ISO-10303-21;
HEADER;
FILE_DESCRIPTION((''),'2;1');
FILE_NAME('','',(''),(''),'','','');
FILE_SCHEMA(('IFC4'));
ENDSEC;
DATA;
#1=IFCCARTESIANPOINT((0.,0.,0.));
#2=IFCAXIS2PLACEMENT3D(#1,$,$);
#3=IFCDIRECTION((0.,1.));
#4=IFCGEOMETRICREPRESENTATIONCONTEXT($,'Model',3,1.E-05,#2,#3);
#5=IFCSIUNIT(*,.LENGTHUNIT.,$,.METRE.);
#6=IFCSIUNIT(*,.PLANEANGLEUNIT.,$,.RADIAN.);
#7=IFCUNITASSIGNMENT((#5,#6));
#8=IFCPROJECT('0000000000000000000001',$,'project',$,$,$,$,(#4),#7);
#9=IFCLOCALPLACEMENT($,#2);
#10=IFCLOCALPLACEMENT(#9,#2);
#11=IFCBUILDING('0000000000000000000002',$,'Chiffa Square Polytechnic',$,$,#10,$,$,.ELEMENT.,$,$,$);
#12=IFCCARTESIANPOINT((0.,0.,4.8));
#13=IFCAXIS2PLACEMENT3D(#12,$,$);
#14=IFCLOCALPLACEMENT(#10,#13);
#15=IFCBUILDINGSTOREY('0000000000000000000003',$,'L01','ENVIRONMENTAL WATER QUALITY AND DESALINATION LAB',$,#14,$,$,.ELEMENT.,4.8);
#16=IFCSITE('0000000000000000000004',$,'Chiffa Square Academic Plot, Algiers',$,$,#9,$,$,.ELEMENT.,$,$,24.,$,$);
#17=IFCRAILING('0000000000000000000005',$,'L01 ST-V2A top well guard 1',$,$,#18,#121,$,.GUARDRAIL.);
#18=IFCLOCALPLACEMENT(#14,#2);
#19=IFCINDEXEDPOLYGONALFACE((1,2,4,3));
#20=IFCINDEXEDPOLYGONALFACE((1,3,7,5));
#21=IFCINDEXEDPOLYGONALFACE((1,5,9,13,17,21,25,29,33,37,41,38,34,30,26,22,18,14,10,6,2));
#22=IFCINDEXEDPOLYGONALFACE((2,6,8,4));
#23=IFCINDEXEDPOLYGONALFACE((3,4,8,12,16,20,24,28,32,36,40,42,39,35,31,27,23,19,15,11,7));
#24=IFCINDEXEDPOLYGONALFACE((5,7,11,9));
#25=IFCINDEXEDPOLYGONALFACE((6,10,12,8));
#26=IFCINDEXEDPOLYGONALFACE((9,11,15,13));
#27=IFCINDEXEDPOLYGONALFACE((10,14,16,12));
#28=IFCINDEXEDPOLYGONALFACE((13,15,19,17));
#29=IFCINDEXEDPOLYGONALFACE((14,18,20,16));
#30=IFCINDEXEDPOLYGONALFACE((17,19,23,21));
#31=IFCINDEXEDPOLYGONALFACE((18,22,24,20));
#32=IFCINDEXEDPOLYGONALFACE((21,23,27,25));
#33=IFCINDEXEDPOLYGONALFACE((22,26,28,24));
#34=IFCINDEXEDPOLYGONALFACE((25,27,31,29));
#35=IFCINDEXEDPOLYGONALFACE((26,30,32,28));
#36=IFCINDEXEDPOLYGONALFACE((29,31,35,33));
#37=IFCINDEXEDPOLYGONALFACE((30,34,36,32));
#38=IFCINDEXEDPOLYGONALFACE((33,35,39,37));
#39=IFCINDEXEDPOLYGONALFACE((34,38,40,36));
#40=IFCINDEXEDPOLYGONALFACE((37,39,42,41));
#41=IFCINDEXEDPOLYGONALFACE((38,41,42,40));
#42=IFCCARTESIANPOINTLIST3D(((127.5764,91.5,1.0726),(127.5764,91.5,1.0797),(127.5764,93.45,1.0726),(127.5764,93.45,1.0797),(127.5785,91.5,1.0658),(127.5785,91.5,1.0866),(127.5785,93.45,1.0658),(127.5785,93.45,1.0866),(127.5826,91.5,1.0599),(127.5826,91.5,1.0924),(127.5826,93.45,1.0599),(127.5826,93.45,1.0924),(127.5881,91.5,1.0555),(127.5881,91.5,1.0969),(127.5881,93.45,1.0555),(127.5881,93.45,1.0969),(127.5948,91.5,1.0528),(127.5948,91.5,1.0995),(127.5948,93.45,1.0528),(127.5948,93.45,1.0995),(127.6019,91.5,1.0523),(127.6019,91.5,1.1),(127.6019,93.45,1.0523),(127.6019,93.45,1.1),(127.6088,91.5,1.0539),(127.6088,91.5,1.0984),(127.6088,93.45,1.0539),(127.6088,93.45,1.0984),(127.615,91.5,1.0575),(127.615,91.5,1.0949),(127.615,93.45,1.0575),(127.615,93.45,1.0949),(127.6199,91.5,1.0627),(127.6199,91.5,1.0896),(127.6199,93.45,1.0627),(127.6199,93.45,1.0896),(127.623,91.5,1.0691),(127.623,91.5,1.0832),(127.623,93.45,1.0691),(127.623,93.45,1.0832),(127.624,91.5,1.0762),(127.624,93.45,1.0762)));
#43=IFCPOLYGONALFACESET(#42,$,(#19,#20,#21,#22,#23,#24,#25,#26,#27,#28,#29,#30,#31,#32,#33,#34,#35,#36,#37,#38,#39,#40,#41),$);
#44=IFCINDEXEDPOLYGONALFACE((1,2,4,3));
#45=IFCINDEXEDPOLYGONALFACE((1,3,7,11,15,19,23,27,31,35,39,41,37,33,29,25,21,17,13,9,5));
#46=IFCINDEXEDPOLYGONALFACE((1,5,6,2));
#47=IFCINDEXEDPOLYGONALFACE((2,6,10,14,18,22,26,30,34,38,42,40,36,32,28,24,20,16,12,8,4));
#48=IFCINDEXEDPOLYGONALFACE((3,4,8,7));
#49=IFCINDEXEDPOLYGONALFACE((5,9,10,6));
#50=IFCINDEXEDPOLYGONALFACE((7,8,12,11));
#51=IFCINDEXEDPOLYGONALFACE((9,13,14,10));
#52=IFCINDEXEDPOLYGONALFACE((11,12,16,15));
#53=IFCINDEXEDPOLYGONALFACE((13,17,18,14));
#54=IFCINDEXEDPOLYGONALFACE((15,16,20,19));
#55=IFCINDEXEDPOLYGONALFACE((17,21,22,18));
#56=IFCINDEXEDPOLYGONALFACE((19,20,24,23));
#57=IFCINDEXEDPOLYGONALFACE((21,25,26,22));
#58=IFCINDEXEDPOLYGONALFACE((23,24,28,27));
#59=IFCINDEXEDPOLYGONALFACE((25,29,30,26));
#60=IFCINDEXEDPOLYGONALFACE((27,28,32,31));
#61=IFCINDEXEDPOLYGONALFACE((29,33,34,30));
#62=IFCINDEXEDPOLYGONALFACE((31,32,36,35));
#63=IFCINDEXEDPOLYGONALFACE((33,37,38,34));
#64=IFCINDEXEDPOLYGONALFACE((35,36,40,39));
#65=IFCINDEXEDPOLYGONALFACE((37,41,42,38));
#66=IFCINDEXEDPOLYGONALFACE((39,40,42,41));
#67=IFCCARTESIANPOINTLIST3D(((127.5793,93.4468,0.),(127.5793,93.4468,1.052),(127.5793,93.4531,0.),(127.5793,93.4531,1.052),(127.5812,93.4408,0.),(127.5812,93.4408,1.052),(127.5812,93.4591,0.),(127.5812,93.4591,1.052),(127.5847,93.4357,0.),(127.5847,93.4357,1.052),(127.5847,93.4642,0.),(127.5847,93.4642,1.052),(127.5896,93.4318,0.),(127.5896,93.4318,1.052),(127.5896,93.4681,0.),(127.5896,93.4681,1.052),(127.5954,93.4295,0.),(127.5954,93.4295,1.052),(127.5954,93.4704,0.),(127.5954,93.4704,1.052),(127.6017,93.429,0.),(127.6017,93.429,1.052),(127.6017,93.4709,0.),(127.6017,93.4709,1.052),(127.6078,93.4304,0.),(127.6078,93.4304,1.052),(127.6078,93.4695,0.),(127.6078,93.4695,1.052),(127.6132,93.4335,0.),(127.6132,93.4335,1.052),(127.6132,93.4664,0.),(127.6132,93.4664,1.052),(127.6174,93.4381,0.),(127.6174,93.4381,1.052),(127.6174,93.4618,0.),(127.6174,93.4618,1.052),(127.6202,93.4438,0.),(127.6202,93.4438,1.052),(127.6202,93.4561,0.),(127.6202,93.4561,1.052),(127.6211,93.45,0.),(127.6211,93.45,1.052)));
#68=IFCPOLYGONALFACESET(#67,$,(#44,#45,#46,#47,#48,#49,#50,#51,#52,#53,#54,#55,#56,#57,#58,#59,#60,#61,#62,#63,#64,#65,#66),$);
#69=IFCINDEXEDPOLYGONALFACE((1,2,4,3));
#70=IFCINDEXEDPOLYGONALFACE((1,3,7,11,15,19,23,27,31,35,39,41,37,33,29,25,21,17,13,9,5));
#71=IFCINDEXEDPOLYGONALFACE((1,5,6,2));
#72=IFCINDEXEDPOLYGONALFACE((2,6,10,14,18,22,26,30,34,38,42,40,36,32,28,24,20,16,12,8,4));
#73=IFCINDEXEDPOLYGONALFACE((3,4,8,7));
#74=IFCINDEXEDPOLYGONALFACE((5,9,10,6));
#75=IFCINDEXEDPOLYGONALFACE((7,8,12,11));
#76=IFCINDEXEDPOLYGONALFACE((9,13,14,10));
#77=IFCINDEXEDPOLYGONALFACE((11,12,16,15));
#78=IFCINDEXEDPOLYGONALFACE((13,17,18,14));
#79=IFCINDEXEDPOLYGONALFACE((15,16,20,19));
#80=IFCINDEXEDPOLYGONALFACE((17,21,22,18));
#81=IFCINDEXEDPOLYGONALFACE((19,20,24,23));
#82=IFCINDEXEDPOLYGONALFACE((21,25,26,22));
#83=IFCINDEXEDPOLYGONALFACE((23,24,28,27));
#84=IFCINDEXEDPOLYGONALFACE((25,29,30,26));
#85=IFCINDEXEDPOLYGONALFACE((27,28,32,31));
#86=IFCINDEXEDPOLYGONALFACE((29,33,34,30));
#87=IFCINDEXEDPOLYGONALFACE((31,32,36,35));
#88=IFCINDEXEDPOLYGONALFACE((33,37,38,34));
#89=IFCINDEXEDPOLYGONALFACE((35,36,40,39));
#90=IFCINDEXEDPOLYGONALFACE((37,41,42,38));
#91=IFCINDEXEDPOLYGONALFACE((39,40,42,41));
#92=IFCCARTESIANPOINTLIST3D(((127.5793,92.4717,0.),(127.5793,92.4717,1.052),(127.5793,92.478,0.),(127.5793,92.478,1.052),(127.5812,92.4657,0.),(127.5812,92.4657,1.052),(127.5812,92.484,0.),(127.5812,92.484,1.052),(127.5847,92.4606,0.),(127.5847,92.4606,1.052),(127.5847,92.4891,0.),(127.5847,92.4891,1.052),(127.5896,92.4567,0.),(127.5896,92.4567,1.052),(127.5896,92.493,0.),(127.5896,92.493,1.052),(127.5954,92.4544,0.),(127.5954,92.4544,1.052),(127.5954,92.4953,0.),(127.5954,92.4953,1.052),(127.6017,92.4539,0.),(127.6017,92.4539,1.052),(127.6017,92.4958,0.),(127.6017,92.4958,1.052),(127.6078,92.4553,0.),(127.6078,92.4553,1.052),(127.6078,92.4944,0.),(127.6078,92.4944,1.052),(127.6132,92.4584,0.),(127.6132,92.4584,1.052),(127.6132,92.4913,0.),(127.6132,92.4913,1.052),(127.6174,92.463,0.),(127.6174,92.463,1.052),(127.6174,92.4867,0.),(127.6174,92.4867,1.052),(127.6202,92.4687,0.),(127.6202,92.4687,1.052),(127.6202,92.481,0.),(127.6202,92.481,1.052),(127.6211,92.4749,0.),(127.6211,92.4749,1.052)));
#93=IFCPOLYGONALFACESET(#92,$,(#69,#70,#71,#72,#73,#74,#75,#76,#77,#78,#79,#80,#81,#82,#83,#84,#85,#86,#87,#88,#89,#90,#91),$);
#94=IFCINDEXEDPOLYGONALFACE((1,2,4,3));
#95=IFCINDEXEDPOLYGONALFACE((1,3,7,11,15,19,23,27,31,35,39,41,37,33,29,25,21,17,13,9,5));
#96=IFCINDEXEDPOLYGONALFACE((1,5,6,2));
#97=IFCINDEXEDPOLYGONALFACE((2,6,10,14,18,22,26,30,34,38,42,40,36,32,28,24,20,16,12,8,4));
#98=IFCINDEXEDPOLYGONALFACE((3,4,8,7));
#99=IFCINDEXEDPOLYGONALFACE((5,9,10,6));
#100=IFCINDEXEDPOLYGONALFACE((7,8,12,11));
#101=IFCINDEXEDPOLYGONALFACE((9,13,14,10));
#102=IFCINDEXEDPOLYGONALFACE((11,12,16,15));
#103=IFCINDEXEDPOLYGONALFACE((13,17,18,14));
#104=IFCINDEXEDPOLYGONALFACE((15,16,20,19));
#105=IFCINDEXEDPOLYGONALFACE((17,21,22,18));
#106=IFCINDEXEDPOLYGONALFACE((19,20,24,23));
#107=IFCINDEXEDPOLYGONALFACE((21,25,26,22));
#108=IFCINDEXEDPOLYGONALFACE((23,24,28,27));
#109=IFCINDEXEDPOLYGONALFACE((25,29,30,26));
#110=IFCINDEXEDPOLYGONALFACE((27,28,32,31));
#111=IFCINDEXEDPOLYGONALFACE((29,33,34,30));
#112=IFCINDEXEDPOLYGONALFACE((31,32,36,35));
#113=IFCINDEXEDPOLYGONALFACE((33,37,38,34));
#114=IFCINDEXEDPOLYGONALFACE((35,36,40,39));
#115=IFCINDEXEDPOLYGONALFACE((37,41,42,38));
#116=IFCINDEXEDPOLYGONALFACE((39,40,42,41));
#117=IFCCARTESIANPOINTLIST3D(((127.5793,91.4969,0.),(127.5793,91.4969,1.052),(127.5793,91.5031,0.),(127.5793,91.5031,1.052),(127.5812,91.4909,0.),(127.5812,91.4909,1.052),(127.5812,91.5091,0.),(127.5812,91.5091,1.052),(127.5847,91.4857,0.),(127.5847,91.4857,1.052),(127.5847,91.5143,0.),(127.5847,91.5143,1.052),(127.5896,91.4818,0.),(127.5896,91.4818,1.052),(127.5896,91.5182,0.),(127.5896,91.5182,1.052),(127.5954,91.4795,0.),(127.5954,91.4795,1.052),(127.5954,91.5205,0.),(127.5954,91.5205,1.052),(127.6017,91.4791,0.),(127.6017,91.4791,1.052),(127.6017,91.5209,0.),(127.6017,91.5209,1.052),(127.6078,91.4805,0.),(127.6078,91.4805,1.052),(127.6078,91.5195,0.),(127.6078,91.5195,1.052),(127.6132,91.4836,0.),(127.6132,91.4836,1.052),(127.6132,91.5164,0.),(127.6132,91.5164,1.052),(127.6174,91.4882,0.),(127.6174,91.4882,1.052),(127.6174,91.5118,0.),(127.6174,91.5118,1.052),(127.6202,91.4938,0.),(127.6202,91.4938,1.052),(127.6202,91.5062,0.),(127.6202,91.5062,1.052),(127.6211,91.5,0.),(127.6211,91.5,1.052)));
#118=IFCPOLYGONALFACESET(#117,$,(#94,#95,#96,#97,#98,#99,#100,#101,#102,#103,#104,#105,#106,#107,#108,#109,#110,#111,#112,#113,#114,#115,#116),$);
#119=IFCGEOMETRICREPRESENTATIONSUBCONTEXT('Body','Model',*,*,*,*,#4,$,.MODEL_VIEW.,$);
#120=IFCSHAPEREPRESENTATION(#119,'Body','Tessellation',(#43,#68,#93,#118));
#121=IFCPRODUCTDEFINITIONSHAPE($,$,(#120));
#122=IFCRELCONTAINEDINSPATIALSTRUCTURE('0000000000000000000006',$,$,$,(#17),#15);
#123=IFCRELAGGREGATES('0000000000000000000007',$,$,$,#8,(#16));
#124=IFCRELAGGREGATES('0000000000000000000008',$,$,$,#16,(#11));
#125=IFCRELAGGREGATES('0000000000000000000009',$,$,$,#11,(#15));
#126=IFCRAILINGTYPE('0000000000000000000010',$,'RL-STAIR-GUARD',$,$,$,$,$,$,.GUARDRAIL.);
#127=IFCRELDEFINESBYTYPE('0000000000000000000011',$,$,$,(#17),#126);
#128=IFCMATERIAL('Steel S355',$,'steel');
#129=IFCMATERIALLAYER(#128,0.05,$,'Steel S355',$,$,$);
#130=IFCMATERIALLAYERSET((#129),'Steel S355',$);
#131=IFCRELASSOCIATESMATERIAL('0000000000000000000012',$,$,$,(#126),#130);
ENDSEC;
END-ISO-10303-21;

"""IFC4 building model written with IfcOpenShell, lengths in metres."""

from ifc_helpers import new_model, si_unit, direction, frame, origin, origin_2d, place, context, subcontext, project, spatial, circle, extrude, material, layer, layer_set, type_object, element, save


model = new_model("IFC4")

# Units and contexts
model_context = context("Model", 3, precision=1e-05, world=origin(), true_north=direction((0.0, 1.0)))
body_context = subcontext(model_context, "Body", "Model", "MODEL_VIEW")
ifc_project = project(units=[si_unit("LENGTHUNIT", "METRE"), si_unit("PLANEANGLEUNIT", "RADIAN")], contexts=[model_context])

# Site, building, storey
site_placement = place(None, origin())
site = spatial("IfcSite", under=ifc_project, at=site_placement, Name="Chiffa Square Academic Plot, Algiers", CompositionType="ELEMENT", RefElevation=24.0)
building_placement = place(site_placement, origin())
building = spatial("IfcBuilding", under=site, at=building_placement, Name="Chiffa Square Polytechnic", CompositionType="ELEMENT")
storey_placement = place(building_placement, frame((0.0, 0.0, 4.8)))
storey = spatial("IfcBuildingStorey", under=building, at=storey_placement, Name="L01", Description="ENVIRONMENTAL WATER QUALITY AND DESALINATION LAB", CompositionType="ELEMENT", Elevation=4.8)

# Shared definitions
ifc_material_1 = material(Name="Steel S355", Category="steel")

# Railing
ifc_layer_1 = layer(ifc_material_1, 0.05, Name="Steel S355")
ifc_layer_set_1 = layer_set([ifc_layer_1], Name="Steel S355")
railing_type = type_object("IfcRailingType", Name="RL-STAIR-GUARD", PredefinedType="GUARDRAIL", material=ifc_layer_set_1)
railing_1_placement = place(storey_placement, frame((127.6001, 93.45, 0.0)))
element("IfcRailing", 1, at=railing_1_placement, inside=storey, type_object=railing_type, Name="L01 ST-V2A top well guard 1", PredefinedType="GUARDRAIL", context=body_context, shape_type="SweptSolid", body=[
    extrude(circle(Radius=0.0239, at=origin_2d()), frame((0.0, 0.0, 1.0762), z_axis=(0.0, -1.0, 0.0), x_axis=(1.0, 0.0, 0.0)), (0.0, 0.0, 1.0), 1.95),
    extrude(circle(Radius=0.021, at=origin_2d()), origin(), (0.0, 0.0, 1.0), 1.052),
    extrude(circle(Radius=0.021, at=origin_2d()), frame((0.0, -0.9751, 0.0)), (0.0, 0.0, 1.0), 1.052),
    extrude(circle(Radius=0.021, at=origin_2d()), frame((0.0, -1.95, 0.0)), (0.0, 0.0, 1.0), 1.052),
])

save(model, "model.ifc")
